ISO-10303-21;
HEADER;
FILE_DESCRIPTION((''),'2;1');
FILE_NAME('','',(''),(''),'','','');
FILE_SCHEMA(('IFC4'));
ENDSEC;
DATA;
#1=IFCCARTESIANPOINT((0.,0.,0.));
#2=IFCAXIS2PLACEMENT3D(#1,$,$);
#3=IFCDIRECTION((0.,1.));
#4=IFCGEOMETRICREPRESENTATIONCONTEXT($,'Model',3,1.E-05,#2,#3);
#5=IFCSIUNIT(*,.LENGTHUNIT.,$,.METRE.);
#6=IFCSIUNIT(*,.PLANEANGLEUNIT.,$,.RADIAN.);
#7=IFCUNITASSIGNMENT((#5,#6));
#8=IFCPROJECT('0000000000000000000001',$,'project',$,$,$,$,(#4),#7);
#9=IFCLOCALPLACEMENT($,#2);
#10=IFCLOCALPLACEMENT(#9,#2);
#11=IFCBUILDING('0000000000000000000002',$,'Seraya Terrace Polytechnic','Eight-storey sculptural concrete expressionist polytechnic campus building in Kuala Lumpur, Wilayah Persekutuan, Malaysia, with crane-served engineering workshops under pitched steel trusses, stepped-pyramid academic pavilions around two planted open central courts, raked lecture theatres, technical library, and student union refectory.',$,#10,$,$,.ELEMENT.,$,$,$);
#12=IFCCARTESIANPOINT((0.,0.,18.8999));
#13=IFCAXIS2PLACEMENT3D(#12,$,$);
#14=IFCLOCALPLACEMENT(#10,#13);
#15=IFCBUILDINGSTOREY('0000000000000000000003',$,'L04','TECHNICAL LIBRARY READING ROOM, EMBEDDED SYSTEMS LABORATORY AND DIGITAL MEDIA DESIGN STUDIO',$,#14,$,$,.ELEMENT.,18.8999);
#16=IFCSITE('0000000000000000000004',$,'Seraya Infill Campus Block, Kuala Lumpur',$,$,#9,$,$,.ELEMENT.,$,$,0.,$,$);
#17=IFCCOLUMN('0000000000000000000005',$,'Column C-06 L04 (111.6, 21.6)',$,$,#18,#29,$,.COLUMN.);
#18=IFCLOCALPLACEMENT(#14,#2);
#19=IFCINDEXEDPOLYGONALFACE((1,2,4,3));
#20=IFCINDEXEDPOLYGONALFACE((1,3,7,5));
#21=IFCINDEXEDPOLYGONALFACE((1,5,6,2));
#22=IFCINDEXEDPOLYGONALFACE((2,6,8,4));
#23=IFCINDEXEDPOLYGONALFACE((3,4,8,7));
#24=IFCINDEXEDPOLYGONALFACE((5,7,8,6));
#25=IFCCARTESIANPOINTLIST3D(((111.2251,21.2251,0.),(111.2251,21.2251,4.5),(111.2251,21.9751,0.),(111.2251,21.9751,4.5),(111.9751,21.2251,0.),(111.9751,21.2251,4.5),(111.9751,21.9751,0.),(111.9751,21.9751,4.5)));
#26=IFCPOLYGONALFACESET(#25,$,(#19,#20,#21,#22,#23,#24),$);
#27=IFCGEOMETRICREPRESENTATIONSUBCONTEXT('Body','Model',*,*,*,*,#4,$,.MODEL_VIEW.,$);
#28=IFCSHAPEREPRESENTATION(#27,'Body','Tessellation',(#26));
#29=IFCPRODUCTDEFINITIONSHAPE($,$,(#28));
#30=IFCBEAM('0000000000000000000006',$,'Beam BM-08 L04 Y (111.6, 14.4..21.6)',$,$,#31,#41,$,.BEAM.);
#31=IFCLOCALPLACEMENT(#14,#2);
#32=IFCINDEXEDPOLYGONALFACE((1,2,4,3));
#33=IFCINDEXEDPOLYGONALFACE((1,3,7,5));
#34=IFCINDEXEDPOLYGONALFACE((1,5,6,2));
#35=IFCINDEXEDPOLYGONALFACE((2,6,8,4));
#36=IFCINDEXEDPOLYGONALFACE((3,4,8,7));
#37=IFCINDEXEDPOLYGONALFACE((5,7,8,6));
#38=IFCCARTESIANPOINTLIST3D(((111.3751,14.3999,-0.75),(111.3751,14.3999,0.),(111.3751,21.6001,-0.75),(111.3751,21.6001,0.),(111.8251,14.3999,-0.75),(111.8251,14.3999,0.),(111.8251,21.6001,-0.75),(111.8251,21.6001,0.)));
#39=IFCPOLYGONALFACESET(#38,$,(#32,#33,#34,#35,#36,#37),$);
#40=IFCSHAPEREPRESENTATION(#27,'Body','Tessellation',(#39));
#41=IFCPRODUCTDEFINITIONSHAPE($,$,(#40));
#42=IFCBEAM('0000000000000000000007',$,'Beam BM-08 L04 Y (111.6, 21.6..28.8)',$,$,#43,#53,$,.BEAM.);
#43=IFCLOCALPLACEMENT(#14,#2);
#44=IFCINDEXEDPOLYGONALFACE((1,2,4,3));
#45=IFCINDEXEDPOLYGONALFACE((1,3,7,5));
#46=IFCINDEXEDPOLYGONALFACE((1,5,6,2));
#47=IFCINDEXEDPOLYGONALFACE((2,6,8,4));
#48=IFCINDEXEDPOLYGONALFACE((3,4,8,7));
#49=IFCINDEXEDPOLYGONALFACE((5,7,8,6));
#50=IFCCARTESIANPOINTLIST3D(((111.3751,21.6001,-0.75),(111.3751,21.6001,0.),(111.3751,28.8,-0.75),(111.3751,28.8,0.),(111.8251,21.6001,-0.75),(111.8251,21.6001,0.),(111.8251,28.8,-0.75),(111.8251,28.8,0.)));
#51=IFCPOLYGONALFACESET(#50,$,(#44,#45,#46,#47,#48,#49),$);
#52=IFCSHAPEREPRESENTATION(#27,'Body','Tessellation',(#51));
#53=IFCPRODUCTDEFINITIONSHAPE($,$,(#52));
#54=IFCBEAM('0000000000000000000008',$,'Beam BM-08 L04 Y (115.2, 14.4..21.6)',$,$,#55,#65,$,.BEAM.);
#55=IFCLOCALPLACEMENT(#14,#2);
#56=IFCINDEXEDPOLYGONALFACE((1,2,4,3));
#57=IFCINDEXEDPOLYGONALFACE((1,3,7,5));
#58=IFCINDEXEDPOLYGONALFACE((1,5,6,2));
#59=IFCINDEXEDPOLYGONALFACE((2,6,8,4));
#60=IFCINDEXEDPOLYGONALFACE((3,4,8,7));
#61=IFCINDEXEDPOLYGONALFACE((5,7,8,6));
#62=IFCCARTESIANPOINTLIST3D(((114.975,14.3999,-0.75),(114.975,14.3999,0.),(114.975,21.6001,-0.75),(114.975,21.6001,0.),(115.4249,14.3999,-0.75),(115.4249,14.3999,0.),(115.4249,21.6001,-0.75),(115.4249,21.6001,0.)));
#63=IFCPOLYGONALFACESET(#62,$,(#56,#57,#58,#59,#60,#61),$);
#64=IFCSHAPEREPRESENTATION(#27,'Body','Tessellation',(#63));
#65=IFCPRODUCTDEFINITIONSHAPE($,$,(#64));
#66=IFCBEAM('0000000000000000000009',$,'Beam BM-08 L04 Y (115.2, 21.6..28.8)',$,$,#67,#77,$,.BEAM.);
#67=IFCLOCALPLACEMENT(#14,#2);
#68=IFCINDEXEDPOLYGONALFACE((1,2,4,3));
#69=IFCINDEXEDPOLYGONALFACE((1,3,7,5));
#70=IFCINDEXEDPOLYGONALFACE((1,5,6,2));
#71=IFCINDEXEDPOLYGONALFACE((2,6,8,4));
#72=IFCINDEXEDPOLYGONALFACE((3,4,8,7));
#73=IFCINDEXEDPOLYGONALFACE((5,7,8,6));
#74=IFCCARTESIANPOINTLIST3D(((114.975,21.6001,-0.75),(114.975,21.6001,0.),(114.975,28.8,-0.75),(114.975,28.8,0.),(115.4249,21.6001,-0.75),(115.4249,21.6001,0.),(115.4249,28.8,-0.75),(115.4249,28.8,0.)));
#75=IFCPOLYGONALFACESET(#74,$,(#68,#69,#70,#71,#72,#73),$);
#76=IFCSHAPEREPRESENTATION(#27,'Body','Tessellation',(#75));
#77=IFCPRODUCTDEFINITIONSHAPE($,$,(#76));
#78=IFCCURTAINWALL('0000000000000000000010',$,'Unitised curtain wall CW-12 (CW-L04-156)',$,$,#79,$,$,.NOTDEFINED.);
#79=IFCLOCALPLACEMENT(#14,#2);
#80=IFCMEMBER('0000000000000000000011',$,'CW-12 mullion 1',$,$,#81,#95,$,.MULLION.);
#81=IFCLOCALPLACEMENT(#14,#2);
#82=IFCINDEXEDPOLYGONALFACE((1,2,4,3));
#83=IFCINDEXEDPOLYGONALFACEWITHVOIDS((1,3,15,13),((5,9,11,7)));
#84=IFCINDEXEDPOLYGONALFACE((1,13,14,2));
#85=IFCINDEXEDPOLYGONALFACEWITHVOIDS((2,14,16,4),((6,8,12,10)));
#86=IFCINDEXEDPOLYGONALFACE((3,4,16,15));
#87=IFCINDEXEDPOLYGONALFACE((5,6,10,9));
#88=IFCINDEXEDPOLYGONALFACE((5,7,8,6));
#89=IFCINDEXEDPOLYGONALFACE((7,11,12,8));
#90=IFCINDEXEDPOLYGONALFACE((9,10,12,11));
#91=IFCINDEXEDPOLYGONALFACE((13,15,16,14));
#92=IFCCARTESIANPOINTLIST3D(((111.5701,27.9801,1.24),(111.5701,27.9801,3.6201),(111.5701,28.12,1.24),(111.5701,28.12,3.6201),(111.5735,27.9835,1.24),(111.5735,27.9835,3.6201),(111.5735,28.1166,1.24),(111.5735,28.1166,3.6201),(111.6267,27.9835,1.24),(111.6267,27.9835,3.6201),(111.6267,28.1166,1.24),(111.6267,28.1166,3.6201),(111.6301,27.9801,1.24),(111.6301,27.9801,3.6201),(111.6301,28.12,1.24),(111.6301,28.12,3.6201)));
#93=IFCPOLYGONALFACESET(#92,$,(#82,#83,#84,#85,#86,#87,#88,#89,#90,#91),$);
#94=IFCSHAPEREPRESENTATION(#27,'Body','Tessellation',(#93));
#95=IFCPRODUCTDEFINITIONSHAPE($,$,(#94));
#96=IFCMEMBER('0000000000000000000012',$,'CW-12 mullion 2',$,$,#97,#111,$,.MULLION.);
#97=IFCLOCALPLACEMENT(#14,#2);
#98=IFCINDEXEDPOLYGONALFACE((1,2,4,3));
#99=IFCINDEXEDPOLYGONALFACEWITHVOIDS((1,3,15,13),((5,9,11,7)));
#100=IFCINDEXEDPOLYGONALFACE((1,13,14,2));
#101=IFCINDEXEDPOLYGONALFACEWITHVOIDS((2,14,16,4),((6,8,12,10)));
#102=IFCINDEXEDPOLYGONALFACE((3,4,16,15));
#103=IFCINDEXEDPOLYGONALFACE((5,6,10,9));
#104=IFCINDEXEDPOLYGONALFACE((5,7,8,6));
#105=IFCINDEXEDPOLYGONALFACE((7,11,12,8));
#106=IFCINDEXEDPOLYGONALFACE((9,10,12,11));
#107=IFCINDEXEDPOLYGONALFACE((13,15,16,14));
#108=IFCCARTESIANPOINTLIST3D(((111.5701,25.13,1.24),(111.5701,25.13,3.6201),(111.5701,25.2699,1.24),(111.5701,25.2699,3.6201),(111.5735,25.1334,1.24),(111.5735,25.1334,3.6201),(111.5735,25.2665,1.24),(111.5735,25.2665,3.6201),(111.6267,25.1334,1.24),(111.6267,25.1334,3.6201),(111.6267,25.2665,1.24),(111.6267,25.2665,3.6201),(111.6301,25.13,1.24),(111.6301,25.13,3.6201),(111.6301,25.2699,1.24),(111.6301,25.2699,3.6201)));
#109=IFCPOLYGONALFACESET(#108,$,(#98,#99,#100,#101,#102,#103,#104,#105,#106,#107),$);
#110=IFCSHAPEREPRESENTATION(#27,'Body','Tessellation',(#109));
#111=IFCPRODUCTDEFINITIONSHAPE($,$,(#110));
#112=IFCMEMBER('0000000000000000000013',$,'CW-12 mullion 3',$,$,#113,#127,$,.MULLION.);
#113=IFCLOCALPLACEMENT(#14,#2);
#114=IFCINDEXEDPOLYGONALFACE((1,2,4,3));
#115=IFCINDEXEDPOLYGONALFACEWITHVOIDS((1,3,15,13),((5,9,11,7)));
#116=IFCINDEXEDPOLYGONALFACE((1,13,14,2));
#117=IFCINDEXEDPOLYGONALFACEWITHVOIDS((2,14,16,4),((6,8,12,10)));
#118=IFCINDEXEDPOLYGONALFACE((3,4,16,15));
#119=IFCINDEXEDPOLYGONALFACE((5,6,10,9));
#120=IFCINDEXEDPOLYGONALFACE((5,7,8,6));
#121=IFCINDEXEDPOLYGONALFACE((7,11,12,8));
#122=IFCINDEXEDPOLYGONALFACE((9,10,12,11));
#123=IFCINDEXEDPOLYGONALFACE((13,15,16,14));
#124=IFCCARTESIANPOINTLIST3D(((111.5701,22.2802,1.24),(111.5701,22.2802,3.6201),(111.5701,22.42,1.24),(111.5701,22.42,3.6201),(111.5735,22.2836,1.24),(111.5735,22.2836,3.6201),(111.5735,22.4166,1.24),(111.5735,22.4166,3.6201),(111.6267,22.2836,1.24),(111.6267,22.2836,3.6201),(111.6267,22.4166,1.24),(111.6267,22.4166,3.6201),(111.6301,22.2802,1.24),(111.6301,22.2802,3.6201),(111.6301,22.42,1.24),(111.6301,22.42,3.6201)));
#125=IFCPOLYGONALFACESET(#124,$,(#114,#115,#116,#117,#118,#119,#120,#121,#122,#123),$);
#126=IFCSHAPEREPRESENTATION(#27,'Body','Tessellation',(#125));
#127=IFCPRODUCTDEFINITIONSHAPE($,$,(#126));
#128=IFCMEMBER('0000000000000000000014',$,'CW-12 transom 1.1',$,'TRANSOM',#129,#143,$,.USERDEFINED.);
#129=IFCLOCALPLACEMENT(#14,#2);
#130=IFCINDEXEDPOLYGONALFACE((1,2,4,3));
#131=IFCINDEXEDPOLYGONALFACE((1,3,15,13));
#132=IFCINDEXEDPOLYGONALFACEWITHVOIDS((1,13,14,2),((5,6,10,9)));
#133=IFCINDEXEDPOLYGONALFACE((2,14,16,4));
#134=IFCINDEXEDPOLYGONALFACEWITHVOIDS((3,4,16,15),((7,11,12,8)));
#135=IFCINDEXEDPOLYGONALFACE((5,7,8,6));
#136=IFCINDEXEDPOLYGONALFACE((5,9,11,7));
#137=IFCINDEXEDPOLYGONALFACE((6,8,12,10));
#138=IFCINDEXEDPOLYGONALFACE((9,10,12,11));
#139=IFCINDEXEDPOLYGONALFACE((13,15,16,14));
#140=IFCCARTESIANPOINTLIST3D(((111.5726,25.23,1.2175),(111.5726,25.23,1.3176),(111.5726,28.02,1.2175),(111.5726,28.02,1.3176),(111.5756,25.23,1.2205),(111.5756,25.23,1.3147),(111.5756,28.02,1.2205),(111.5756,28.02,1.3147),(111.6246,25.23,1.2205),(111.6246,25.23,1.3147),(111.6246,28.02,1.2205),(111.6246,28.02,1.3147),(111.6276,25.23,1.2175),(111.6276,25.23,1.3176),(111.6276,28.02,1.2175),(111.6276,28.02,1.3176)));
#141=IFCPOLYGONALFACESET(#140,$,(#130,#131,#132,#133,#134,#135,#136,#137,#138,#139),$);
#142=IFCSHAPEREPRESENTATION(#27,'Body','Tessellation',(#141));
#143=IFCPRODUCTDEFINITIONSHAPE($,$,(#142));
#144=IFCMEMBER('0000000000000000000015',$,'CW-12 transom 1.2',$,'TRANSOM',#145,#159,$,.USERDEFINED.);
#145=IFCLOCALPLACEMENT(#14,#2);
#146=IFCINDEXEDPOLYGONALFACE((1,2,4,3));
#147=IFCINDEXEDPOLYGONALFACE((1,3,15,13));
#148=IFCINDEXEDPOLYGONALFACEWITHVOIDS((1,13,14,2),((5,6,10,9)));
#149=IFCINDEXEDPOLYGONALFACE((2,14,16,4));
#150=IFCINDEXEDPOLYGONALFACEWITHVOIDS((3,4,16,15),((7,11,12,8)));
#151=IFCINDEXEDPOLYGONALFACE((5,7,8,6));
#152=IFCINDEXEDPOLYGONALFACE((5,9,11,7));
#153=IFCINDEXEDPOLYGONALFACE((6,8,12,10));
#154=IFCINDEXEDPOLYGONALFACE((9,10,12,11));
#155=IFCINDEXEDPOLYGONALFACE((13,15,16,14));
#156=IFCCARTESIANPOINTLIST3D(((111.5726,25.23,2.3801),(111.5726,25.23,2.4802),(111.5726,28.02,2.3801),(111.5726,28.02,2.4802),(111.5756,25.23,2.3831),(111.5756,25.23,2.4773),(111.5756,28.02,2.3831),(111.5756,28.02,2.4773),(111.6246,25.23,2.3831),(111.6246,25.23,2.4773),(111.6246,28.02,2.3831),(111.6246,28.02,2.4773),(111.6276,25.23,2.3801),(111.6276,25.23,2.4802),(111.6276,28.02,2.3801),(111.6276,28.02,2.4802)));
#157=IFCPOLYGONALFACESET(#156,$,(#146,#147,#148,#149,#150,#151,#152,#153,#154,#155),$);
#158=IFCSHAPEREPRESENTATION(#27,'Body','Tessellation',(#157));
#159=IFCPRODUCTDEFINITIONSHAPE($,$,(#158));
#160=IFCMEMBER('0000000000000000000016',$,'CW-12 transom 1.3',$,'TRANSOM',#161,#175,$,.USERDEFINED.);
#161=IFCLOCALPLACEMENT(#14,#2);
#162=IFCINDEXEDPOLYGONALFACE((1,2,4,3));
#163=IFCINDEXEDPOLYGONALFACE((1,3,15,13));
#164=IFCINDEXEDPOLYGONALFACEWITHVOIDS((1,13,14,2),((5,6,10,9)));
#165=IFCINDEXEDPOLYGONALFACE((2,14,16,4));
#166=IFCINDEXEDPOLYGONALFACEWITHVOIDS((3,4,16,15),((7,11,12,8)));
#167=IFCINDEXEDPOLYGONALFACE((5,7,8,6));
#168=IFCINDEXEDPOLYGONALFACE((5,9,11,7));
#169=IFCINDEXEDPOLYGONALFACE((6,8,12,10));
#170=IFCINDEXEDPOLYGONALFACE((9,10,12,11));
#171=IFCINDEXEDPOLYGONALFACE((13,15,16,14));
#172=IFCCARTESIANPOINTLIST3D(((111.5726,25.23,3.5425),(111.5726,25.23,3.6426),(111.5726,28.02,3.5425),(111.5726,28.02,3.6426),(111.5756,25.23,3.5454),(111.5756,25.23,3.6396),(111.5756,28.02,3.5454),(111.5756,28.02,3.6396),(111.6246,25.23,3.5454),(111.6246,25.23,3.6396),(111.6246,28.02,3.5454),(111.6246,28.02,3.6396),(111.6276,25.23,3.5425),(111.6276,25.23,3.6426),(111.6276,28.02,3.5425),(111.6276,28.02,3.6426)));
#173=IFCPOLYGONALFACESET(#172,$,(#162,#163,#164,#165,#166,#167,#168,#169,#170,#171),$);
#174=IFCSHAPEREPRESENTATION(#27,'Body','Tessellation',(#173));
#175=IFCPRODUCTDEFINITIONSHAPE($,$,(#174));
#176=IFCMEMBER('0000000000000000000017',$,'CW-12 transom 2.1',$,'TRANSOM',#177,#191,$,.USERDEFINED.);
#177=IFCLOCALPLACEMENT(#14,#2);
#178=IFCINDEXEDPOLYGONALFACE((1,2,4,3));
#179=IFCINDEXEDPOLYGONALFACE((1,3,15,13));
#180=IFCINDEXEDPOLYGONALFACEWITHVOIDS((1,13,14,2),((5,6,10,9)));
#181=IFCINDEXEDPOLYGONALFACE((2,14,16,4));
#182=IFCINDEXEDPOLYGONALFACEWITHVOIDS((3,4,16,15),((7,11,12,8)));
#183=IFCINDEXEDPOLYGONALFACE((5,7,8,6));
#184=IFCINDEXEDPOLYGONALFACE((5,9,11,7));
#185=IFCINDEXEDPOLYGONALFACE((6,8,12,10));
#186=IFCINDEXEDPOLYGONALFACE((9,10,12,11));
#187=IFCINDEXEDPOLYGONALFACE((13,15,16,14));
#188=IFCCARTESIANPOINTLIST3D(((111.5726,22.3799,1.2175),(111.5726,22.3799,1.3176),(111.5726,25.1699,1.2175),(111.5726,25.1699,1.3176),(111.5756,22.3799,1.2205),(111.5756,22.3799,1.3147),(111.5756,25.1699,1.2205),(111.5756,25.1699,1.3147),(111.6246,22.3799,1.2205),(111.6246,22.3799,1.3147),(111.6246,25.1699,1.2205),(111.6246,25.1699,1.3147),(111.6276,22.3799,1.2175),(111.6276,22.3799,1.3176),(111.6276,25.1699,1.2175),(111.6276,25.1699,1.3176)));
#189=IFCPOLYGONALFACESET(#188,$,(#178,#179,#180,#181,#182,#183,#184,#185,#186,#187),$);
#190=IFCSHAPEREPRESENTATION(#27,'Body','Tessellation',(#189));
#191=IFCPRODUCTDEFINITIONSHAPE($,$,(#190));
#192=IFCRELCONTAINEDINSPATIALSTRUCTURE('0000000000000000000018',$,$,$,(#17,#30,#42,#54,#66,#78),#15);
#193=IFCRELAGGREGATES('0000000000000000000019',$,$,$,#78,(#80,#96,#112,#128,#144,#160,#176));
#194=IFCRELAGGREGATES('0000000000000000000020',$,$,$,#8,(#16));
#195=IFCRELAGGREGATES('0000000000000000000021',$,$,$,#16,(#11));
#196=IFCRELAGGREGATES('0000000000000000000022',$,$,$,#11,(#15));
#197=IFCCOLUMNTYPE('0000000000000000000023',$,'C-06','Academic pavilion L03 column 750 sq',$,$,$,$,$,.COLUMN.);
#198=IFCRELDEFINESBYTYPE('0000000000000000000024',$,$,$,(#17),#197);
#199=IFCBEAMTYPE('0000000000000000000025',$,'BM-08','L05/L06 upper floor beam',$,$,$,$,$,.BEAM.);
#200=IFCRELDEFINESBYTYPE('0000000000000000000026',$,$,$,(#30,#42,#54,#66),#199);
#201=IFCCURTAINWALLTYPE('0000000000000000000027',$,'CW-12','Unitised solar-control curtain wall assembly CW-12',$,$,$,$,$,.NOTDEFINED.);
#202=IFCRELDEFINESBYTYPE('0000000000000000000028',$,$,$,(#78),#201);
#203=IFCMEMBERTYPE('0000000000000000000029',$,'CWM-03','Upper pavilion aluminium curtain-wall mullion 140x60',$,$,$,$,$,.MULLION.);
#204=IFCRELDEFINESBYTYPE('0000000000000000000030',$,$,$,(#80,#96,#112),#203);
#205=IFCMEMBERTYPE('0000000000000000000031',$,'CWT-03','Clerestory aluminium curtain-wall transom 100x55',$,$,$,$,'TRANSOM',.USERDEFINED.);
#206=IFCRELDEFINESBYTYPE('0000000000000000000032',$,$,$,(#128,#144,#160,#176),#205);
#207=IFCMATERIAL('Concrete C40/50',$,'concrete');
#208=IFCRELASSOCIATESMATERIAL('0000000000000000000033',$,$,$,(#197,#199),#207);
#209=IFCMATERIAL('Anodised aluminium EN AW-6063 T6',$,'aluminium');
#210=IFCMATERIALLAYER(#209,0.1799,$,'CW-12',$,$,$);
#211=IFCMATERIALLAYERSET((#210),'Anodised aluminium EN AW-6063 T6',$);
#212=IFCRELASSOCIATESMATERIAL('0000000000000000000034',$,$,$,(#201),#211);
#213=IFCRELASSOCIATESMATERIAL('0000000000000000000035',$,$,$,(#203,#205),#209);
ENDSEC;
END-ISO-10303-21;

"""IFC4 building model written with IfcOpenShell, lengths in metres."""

from ifc_helpers import new_model, si_unit, direction, frame, origin, origin_2d, place, context, subcontext, project, spatial, rectangle, hollow_rectangle, extrude, material, layer, layer_set, material_profile, profile_set, type_object, element, aggregate, save


model = new_model("IFC4")

# Units and contexts
model_context = context("Model", 3, precision=1e-05, world=origin(), true_north=direction((0.0, 1.0)))
body_context = subcontext(model_context, "Body", "Model", "MODEL_VIEW")
ifc_project = project(units=[si_unit("LENGTHUNIT", "METRE"), si_unit("PLANEANGLEUNIT", "RADIAN")], contexts=[model_context])

# Site, building, storey
site_placement = place(None, origin())
site = spatial("IfcSite", under=ifc_project, at=site_placement, Name="Seraya Infill Campus Block, Kuala Lumpur", CompositionType="ELEMENT", RefElevation=0.0)
building_placement = place(site_placement, origin())
building = spatial("IfcBuilding", under=site, at=building_placement, Name="Seraya Terrace Polytechnic", Description="Eight-storey sculptural concrete expressionist polytechnic campus building in Kuala Lumpur, Wilayah Persekutuan, Malaysia, with crane-served engineering workshops under pitched steel trusses, stepped-pyramid academic pavilions around two planted open central courts, raked lecture theatres, technical library, and student union refectory.", CompositionType="ELEMENT")
storey_placement = place(building_placement, frame((0.0, 0.0, 18.8999)))
storey = spatial("IfcBuildingStorey", under=building, at=storey_placement, Name="L04", Description="TECHNICAL LIBRARY READING ROOM, EMBEDDED SYSTEMS LABORATORY AND DIGITAL MEDIA DESIGN STUDIO", CompositionType="ELEMENT", Elevation=18.8999)

# Column
ifc_material_1 = material(Name="Concrete C40/50", Category="concrete")
ifc_material_profile_1 = material_profile(ifc_material_1, rectangle(XDim=0.75, YDim=0.75, at=origin_2d()), Name="RC 750x750")
ifc_profile_set_1 = profile_set([ifc_material_profile_1], Name="Concrete C40/50")
column_type = type_object("IfcColumnType", Name="C-06", Description="Academic pavilion L03 column 750 sq", PredefinedType="COLUMN", material=ifc_profile_set_1)
column_placement = place(storey_placement, frame((111.6001, 21.6001, 0.0), z_axis=(0.0, 0.0, 1.0), x_axis=(1.0, 0.0, 0.0)))
element("IfcColumn", 1, at=column_placement, inside=storey, type_object=column_type, Name="Column C-06 L04 (111.6, 21.6)", PredefinedType="COLUMN", context=body_context, shape_type="SweptSolid", body=[
    extrude(rectangle(XDim=0.75, YDim=0.75, at=origin_2d()), origin(), (0.0, 0.0, 1.0), 4.5),
])

# Beams
ifc_material_profile_2 = material_profile(ifc_material_1, rectangle(XDim=0.45, YDim=0.75, at=origin_2d()), Name="RC 450x750")
ifc_profile_set_2 = profile_set([ifc_material_profile_2], Name="Concrete C40/50")
beam_type = type_object("IfcBeamType", Name="BM-08", Description="L05/L06 upper floor beam", PredefinedType="BEAM", material=ifc_profile_set_2)
beam_1_placement = place(storey_placement, frame((111.6001, 14.3999, -0.375), z_axis=(0.0, 1.0, 0.0), x_axis=(-1.0, 0.0, 0.0)))
element("IfcBeam", 2, at=beam_1_placement, inside=storey, type_object=beam_type, Name="Beam BM-08 L04 Y (111.6, 14.4..21.6)", PredefinedType="BEAM", context=body_context, shape_type="SweptSolid", body=[
    extrude(rectangle(XDim=0.45, YDim=0.75, at=origin_2d()), origin(), (0.0, 0.0, 1.0), 7.2002),
])
beam_2_placement = place(storey_placement, frame((111.6001, 21.6001, -0.375), z_axis=(0.0, 1.0, 0.0), x_axis=(-1.0, 0.0, 0.0)))
element("IfcBeam", 3, at=beam_2_placement, inside=storey, type_object=beam_type, Name="Beam BM-08 L04 Y (111.6, 21.6..28.8)", PredefinedType="BEAM", context=body_context, shape_type="SweptSolid", body=[
    extrude(rectangle(XDim=0.45, YDim=0.75, at=origin_2d()), origin(), (0.0, 0.0, 1.0), 7.2),
])
beam_3_placement = place(storey_placement, frame((115.2, 14.3999, -0.375), z_axis=(0.0, 1.0, 0.0), x_axis=(-1.0, 0.0, 0.0)))
element("IfcBeam", 4, at=beam_3_placement, inside=storey, type_object=beam_type, Name="Beam BM-08 L04 Y (115.2, 14.4..21.6)", PredefinedType="BEAM", context=body_context, shape_type="SweptSolid", body=[
    extrude(rectangle(XDim=0.45, YDim=0.75, at=origin_2d()), origin(), (0.0, 0.0, 1.0), 7.2002),
])
beam_4_placement = place(storey_placement, frame((115.2, 21.6001, -0.375), z_axis=(0.0, 1.0, 0.0), x_axis=(-1.0, 0.0, 0.0)))
element("IfcBeam", 5, at=beam_4_placement, inside=storey, type_object=beam_type, Name="Beam BM-08 L04 Y (115.2, 21.6..28.8)", PredefinedType="BEAM", context=body_context, shape_type="SweptSolid", body=[
    extrude(rectangle(XDim=0.45, YDim=0.75, at=origin_2d()), origin(), (0.0, 0.0, 1.0), 7.2),
])

# Curtain wall, members
ifc_material_2 = material(Name="Anodised aluminium EN AW-6063 T6", Category="aluminium")
ifc_layer_1 = layer(ifc_material_2, 0.1799, Name="CW-12")
ifc_layer_set_1 = layer_set([ifc_layer_1], Name="Anodised aluminium EN AW-6063 T6")
curtain_wall_type = type_object("IfcCurtainWallType", Name="CW-12", Description="Unitised solar-control curtain wall assembly CW-12", PredefinedType="NOTDEFINED", material=ifc_layer_set_1)
curtain_wall_placement = place(storey_placement, origin())
curtain_wall = element("IfcCurtainWall", 6, at=curtain_wall_placement, inside=storey, type_object=curtain_wall_type, Name="Unitised curtain wall CW-12 (CW-L04-156)", PredefinedType="NOTDEFINED")
ifc_material_profile_3 = material_profile(ifc_material_2, hollow_rectangle(XDim=0.0601, YDim=0.1399, WallThickness=0.0034, at=origin_2d()), Name="RHS 140x60x3.5")
ifc_profile_set_3 = profile_set([ifc_material_profile_3], Name="Anodised aluminium EN AW-6063 T6")
member_type_1 = type_object("IfcMemberType", Name="CWM-03", Description="Upper pavilion aluminium curtain-wall mullion 140x60", PredefinedType="MULLION", material=ifc_profile_set_3)
member_1_placement = place(storey_placement, frame((111.6001, 28.05, 1.24), z_axis=(0.0, 0.0, 1.0), x_axis=(1.0, 0.0, 0.0)))
member_1 = element("IfcMember", 7, at=member_1_placement, type_object=member_type_1, Name="CW-12 mullion 1", PredefinedType="MULLION", context=body_context, shape_type="SweptSolid", body=[
    extrude(hollow_rectangle(XDim=0.0601, YDim=0.1399, WallThickness=0.0034, at=origin_2d()), origin(), (0.0, 0.0, 1.0), 2.3801),
])
member_2_placement = place(storey_placement, frame((111.6001, 25.2, 1.24), z_axis=(0.0, 0.0, 1.0), x_axis=(1.0, 0.0, 0.0)))
member_2 = element("IfcMember", 8, at=member_2_placement, type_object=member_type_1, Name="CW-12 mullion 2", PredefinedType="MULLION", context=body_context, shape_type="SweptSolid", body=[
    extrude(hollow_rectangle(XDim=0.0601, YDim=0.1399, WallThickness=0.0034, at=origin_2d()), origin(), (0.0, 0.0, 1.0), 2.3801),
])
member_3_placement = place(storey_placement, frame((111.6001, 22.3501, 1.24), z_axis=(0.0, 0.0, 1.0), x_axis=(1.0, 0.0, 0.0)))
member_3 = element("IfcMember", 9, at=member_3_placement, type_object=member_type_1, Name="CW-12 mullion 3", PredefinedType="MULLION", context=body_context, shape_type="SweptSolid", body=[
    extrude(hollow_rectangle(XDim=0.0601, YDim=0.1399, WallThickness=0.0034, at=origin_2d()), origin(), (0.0, 0.0, 1.0), 2.3801),
])
ifc_material_profile_4 = material_profile(ifc_material_2, hollow_rectangle(XDim=0.0549, YDim=0.1001, WallThickness=0.0029, at=origin_2d()), Name="RHS 100x55x3.0")
ifc_profile_set_4 = profile_set([ifc_material_profile_4], Name="Anodised aluminium EN AW-6063 T6")
member_type_2 = type_object("IfcMemberType", Name="CWT-03", Description="Clerestory aluminium curtain-wall transom 100x55", ElementType="TRANSOM", PredefinedType="USERDEFINED", material=ifc_profile_set_4)
member_4_placement = place(storey_placement, frame((111.6001, 28.02, 1.2676), z_axis=(0.0, -1.0, 0.0), x_axis=(1.0, 0.0, 0.0)))
member_4 = element("IfcMember", 10, at=member_4_placement, type_object=member_type_2, Name="CW-12 transom 1.1", ObjectType="TRANSOM", PredefinedType="USERDEFINED", context=body_context, shape_type="SweptSolid", body=[
    extrude(hollow_rectangle(XDim=0.0549, YDim=0.1001, WallThickness=0.0029, at=origin_2d()), origin(), (0.0, 0.0, 1.0), 2.79),
])
member_5_placement = place(storey_placement, frame((111.6001, 28.02, 2.4302), z_axis=(0.0, -1.0, 0.0), x_axis=(1.0, 0.0, 0.0)))
member_5 = element("IfcMember", 11, at=member_5_placement, type_object=member_type_2, Name="CW-12 transom 1.2", ObjectType="TRANSOM", PredefinedType="USERDEFINED", context=body_context, shape_type="SweptSolid", body=[
    extrude(hollow_rectangle(XDim=0.0549, YDim=0.1001, WallThickness=0.0029, at=origin_2d()), origin(), (0.0, 0.0, 1.0), 2.79),
])
member_6_placement = place(storey_placement, frame((111.6001, 28.02, 3.5925), z_axis=(0.0, -1.0, 0.0), x_axis=(1.0, 0.0, 0.0)))
member_6 = element("IfcMember", 12, at=member_6_placement, type_object=member_type_2, Name="CW-12 transom 1.3", ObjectType="TRANSOM", PredefinedType="USERDEFINED", context=body_context, shape_type="SweptSolid", body=[
    extrude(hollow_rectangle(XDim=0.0549, YDim=0.1001, WallThickness=0.0029, at=origin_2d()), origin(), (0.0, 0.0, 1.0), 2.79),
])
member_7_placement = place(storey_placement, frame((111.6001, 25.1699, 1.2676), z_axis=(0.0, -1.0, 0.0), x_axis=(1.0, 0.0, 0.0)))
member_7 = element("IfcMember", 13, at=member_7_placement, type_object=member_type_2, Name="CW-12 transom 2.1", ObjectType="TRANSOM", PredefinedType="USERDEFINED", context=body_context, shape_type="SweptSolid", body=[
    extrude(hollow_rectangle(XDim=0.0549, YDim=0.1001, WallThickness=0.0029, at=origin_2d()), origin(), (0.0, 0.0, 1.0), 2.79),
])
aggregate(curtain_wall, [member_1, member_2, member_3, member_4, member_5, member_6, member_7])

save(model, "model.ifc")
